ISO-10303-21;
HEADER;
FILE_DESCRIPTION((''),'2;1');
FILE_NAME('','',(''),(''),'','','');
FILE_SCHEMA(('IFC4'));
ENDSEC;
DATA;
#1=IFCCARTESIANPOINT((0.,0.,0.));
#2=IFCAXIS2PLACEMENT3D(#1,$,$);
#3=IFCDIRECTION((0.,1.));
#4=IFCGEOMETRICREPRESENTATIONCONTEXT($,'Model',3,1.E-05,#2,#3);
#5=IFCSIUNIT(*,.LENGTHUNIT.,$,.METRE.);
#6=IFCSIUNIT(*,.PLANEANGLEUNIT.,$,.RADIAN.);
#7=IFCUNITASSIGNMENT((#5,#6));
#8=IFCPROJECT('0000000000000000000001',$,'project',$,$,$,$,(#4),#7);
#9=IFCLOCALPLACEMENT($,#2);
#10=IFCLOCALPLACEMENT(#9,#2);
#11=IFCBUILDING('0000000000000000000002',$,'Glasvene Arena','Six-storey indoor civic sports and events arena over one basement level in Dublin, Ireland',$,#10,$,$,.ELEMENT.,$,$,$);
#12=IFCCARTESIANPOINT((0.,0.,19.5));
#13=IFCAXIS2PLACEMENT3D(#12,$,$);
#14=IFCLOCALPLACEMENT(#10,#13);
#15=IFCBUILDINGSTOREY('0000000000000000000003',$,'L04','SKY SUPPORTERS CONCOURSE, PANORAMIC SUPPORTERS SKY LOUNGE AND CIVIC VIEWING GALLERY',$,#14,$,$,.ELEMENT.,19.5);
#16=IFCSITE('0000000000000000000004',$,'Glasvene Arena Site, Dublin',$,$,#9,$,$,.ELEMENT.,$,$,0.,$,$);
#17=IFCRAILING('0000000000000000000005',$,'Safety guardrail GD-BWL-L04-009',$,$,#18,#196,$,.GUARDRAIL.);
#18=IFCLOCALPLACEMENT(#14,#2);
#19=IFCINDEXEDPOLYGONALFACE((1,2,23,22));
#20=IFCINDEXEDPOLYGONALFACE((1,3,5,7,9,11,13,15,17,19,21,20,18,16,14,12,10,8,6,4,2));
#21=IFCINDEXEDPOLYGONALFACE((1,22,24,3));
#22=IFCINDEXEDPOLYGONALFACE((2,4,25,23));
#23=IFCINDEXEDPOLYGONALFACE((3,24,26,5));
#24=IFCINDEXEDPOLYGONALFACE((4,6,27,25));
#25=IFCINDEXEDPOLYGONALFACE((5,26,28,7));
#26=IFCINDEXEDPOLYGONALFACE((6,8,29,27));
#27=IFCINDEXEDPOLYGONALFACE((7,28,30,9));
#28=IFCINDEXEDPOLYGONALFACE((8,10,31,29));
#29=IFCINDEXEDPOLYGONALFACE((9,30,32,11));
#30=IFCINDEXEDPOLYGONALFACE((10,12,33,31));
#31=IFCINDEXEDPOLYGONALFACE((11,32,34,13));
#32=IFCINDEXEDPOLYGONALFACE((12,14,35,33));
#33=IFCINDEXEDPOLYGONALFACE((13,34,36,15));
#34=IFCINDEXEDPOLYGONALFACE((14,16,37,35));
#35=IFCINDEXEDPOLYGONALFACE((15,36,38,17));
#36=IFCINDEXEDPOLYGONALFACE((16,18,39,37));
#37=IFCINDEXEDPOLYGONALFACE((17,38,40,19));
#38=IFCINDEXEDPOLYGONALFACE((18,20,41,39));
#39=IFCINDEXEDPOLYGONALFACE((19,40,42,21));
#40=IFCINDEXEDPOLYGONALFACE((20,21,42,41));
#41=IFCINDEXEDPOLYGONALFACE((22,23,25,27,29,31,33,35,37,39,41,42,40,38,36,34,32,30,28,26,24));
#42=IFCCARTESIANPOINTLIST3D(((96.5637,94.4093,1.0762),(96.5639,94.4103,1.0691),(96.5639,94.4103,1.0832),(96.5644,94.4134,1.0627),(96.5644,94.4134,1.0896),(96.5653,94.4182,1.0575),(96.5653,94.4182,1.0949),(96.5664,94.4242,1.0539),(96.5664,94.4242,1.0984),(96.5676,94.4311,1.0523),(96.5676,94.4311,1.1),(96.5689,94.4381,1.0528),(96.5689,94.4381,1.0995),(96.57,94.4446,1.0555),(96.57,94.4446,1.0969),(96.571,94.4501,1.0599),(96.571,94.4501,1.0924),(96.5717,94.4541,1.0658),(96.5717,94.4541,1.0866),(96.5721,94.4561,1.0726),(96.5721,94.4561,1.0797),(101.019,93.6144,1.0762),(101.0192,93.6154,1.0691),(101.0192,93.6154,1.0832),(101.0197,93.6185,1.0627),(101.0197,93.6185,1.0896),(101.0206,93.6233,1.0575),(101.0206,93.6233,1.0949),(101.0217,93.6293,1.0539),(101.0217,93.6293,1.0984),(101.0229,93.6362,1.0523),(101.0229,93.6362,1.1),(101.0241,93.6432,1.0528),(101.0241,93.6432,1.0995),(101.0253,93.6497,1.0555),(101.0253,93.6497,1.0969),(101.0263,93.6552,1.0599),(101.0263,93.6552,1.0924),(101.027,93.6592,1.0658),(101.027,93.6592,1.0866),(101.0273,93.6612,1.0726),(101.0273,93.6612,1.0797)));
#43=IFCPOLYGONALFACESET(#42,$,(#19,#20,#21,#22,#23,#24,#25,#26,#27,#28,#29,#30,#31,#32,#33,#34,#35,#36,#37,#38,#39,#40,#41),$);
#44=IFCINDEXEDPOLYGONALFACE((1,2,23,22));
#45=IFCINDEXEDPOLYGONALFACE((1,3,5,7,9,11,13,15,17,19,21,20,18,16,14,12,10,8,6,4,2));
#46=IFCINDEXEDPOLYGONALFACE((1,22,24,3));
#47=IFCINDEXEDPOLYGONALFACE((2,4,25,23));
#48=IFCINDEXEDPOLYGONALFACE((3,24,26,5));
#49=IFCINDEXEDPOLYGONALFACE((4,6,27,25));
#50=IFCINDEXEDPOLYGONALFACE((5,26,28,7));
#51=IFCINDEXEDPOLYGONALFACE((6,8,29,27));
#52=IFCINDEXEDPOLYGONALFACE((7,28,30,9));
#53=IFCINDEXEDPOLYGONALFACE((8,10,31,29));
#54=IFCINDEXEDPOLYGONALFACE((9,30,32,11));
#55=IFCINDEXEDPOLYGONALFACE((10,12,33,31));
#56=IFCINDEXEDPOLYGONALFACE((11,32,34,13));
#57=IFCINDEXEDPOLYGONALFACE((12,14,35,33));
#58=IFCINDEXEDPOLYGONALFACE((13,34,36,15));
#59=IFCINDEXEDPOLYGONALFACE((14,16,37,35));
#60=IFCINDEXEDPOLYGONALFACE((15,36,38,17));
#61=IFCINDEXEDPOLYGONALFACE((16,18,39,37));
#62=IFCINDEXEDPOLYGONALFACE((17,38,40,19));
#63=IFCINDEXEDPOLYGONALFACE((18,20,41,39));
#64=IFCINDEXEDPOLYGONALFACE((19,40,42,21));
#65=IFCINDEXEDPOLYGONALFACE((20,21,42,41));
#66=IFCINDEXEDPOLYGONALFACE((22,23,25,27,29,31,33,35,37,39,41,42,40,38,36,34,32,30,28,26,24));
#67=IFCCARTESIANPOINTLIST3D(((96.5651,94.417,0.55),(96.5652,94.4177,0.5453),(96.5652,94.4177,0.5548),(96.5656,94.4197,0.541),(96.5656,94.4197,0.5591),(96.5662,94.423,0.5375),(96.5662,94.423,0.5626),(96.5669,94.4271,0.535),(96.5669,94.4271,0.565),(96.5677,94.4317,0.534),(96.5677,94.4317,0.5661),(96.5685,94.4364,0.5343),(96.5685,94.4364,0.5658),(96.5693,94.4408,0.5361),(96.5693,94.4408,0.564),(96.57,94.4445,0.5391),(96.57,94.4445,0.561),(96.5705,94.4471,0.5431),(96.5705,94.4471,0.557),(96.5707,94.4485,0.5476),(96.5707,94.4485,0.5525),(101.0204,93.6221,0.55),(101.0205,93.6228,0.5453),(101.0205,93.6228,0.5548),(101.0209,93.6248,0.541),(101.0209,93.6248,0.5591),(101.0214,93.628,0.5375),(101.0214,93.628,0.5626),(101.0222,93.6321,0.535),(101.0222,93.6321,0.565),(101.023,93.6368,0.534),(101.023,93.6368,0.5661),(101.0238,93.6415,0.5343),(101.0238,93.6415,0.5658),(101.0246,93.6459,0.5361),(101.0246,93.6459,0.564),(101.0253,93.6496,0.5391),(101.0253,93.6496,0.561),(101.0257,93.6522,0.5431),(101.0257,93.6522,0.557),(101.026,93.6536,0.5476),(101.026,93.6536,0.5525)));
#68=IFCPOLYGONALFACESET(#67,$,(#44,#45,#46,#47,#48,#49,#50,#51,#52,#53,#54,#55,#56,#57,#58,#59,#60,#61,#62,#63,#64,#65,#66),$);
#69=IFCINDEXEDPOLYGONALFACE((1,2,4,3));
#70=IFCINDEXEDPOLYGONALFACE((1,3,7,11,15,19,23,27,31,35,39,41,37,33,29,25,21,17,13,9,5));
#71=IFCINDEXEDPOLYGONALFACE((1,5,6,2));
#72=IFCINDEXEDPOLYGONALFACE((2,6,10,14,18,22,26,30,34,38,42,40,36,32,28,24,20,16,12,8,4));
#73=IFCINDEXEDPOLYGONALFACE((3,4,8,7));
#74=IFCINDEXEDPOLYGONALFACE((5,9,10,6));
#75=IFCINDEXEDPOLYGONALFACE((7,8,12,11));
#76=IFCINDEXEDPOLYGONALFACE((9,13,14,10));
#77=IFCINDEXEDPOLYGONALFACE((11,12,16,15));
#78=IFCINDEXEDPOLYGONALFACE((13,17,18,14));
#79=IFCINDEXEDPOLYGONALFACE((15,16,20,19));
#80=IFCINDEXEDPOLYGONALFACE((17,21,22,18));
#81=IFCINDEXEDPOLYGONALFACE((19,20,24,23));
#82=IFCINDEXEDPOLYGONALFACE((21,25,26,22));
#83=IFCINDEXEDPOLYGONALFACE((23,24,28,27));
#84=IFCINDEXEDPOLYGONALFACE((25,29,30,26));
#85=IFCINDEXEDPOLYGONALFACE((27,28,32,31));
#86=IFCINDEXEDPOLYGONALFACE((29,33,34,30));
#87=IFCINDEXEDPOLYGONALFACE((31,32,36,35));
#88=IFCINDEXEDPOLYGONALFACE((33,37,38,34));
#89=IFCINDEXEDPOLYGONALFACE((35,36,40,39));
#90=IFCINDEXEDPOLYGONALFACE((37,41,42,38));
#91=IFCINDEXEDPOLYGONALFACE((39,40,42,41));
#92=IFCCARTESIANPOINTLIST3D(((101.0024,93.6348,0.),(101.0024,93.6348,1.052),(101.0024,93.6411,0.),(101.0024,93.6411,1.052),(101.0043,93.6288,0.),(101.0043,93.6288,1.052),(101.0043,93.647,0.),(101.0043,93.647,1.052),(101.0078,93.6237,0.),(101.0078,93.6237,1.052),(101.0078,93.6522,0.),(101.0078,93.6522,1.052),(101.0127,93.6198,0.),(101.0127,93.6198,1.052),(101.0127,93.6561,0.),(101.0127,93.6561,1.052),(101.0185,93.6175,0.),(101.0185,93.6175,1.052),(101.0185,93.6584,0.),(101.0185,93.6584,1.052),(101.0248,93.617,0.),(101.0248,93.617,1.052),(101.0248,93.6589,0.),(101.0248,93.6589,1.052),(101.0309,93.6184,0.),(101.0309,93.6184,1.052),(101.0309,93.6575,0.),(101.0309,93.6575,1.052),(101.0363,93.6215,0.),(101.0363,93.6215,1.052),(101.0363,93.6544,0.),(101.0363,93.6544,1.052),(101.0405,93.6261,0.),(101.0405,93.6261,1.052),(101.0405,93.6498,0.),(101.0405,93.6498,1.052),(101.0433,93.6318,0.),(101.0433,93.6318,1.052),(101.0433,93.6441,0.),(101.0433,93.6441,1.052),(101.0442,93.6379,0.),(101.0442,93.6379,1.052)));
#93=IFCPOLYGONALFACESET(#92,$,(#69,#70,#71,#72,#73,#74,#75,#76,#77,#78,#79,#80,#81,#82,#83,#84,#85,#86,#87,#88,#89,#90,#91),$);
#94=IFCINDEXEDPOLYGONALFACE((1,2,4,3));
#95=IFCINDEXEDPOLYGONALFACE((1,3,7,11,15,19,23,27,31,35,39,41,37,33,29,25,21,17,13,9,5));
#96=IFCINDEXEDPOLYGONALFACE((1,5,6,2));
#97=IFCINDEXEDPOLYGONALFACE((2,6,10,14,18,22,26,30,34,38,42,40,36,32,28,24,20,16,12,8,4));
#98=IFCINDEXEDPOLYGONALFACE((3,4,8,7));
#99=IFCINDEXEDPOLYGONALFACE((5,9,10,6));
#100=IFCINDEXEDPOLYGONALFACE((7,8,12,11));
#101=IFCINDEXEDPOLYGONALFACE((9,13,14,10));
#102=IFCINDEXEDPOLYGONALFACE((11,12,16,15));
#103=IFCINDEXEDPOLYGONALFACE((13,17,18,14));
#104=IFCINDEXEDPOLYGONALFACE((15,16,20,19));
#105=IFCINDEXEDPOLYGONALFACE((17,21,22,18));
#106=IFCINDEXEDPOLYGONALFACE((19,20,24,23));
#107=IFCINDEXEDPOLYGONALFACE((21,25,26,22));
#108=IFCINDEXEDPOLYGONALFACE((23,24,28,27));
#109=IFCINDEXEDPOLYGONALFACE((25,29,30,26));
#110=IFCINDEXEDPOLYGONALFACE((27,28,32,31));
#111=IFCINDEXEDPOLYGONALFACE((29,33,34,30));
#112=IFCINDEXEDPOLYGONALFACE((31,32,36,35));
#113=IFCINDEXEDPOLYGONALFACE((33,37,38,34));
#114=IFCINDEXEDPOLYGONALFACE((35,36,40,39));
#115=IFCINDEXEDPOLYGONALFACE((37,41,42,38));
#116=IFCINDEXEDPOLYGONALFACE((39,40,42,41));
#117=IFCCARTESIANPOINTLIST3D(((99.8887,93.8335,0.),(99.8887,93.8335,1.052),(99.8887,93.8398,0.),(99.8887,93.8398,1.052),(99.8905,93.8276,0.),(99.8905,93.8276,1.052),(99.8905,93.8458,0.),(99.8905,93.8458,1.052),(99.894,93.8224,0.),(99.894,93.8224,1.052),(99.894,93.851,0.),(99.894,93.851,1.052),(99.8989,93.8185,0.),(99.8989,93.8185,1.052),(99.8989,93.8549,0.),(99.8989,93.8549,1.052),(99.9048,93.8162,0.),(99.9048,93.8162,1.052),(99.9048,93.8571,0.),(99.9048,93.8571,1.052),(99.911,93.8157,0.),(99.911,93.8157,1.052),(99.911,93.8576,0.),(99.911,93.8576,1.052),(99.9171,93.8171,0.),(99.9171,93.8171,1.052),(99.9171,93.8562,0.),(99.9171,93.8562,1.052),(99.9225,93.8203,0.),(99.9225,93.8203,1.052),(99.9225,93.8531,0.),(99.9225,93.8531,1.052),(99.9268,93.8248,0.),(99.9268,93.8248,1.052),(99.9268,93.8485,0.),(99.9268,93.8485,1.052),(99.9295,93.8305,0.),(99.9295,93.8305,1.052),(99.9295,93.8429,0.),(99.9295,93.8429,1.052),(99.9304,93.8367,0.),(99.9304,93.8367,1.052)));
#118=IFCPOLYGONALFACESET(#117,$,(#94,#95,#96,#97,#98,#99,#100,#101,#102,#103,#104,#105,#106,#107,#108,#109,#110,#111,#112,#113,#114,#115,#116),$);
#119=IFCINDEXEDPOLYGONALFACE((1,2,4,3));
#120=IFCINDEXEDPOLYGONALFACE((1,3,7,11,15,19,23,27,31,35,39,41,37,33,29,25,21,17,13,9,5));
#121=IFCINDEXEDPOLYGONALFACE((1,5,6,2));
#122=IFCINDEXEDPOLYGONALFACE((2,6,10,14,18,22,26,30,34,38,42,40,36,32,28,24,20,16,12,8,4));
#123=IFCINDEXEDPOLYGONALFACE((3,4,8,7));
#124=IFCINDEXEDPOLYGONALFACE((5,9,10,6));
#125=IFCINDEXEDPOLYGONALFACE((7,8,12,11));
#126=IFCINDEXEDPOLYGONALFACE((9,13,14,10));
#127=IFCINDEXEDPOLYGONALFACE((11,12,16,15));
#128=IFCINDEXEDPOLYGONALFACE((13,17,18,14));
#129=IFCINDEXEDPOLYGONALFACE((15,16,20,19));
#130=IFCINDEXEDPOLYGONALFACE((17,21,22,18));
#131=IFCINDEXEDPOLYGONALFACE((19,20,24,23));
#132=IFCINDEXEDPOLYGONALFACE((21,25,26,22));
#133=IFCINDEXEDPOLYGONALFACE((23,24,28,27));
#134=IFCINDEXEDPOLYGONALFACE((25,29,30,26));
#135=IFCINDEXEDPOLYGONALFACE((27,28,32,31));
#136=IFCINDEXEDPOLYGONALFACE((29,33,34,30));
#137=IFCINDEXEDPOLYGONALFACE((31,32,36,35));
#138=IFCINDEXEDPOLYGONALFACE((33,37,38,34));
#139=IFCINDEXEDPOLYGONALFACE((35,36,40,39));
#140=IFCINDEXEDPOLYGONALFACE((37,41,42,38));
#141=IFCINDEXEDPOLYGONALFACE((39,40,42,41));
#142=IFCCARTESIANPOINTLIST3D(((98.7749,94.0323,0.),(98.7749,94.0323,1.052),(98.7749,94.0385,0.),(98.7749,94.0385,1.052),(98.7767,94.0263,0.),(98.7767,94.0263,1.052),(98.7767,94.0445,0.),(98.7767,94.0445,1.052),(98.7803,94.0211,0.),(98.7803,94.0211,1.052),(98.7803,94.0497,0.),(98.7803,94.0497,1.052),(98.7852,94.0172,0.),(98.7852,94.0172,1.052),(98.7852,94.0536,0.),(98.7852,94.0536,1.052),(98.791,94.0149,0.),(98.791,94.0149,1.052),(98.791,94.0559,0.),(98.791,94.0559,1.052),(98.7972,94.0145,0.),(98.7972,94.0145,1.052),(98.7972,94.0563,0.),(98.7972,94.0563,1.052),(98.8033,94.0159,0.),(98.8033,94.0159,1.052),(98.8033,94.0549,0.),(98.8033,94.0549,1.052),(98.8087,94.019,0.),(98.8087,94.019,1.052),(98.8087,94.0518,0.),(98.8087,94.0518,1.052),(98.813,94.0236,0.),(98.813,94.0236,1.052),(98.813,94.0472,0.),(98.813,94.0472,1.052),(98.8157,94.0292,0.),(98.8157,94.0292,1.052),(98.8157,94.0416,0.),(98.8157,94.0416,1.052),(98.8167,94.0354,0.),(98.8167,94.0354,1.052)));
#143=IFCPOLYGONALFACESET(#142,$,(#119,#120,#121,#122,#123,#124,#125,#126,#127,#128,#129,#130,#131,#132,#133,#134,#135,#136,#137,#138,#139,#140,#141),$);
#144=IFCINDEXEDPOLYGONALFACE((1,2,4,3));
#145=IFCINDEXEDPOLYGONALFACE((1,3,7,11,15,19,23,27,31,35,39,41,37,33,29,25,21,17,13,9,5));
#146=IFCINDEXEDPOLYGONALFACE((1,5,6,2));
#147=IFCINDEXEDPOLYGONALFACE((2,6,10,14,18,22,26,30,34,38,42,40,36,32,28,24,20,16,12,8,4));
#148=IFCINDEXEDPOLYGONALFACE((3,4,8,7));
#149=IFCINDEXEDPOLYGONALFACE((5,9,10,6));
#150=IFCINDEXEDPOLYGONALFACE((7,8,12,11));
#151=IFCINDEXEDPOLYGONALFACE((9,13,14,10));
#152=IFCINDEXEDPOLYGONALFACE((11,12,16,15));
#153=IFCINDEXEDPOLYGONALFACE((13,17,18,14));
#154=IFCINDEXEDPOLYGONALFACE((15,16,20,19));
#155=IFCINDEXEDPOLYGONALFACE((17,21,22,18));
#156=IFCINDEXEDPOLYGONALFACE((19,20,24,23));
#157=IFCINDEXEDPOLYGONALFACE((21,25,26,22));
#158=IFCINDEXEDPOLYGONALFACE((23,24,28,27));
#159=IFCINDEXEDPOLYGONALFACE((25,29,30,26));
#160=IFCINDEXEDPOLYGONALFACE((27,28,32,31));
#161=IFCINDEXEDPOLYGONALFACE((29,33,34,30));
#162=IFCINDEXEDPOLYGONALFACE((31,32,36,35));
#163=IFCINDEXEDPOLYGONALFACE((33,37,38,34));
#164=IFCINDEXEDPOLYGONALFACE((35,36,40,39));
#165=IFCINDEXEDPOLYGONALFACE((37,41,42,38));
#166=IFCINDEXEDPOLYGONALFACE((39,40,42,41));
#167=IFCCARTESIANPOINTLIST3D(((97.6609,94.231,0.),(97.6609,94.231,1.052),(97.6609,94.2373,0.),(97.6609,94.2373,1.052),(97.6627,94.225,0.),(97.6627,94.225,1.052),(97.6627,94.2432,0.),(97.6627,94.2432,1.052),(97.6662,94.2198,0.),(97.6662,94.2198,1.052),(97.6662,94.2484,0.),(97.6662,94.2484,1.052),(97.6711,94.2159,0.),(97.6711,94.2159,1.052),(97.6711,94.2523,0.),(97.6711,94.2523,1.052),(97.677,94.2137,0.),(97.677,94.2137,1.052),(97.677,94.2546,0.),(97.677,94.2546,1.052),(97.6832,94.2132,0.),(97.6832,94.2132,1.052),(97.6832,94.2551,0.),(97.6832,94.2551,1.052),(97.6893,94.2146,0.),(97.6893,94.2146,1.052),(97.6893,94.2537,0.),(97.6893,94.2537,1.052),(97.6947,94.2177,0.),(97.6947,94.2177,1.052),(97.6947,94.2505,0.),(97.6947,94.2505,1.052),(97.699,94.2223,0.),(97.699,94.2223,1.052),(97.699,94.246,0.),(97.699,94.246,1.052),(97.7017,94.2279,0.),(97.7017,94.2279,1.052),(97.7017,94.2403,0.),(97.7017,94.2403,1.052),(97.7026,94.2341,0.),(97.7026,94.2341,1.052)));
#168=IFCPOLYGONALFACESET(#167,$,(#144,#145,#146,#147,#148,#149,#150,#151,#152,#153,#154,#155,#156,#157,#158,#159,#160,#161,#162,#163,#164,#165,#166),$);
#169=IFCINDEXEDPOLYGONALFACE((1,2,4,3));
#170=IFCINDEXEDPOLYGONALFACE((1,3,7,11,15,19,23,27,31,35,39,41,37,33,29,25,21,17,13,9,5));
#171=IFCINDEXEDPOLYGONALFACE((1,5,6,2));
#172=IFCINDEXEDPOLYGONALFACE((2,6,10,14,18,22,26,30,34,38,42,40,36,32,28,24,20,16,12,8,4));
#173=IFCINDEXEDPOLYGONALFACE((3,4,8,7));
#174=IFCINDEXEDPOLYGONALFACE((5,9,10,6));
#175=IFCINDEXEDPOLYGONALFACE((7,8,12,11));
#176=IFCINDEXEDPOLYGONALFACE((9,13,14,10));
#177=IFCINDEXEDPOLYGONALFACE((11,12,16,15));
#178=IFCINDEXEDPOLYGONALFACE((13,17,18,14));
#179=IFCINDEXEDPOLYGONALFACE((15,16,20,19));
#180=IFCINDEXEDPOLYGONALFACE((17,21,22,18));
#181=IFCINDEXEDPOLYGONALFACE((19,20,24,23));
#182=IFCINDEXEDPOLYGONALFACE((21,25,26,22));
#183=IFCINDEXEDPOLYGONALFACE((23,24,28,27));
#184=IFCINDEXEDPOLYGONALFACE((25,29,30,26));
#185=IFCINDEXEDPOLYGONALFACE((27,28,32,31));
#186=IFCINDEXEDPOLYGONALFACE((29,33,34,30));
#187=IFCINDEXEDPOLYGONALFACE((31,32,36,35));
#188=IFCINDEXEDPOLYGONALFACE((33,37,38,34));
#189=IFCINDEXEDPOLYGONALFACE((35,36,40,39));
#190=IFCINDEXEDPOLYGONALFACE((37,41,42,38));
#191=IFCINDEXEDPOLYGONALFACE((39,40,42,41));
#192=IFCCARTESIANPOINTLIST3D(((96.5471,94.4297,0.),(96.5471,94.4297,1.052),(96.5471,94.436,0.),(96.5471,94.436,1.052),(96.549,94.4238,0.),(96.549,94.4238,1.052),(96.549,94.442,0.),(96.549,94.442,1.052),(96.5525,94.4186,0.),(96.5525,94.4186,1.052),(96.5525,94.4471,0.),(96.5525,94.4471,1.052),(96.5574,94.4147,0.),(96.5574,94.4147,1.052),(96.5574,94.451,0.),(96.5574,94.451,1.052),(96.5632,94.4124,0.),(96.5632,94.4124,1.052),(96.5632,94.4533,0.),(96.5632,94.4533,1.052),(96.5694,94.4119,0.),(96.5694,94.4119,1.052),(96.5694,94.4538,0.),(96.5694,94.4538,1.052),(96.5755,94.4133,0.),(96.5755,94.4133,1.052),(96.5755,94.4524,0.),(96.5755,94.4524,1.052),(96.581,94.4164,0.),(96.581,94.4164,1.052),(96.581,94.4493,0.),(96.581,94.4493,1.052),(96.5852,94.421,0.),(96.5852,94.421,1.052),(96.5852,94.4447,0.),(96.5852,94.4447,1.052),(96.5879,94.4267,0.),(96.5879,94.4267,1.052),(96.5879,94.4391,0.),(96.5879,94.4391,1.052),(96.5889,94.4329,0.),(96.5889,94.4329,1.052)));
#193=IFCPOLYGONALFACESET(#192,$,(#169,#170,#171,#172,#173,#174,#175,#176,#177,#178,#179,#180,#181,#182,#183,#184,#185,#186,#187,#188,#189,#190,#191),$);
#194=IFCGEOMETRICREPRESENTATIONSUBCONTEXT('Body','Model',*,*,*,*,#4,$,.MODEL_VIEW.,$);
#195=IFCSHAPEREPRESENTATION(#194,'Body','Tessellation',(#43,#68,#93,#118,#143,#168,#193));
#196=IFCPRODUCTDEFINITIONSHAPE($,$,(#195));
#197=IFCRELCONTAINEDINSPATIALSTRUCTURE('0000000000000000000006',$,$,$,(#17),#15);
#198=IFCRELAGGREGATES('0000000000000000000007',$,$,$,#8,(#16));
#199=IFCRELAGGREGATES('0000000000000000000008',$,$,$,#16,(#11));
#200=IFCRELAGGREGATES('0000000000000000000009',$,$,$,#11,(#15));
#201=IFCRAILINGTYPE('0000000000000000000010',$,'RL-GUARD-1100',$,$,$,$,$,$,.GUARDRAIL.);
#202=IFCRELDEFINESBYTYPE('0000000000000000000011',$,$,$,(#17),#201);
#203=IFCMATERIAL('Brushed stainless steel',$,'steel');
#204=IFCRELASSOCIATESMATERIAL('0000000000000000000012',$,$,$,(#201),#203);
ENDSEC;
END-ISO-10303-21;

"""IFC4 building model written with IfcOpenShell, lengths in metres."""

from ifc_helpers import new_model, si_unit, direction, frame, origin, origin_2d, place, context, subcontext, project, spatial, circle, extrude, material, type_object, element, save


model = new_model("IFC4")

# Units and contexts
model_context = context("Model", 3, precision=1e-05, world=origin(), true_north=direction((0.0, 1.0)))
body_context = subcontext(model_context, "Body", "Model", "MODEL_VIEW")
ifc_project = project(units=[si_unit("LENGTHUNIT", "METRE"), si_unit("PLANEANGLEUNIT", "RADIAN")], contexts=[model_context])

# Site, building, storey
site_placement = place(None, origin())
site = spatial("IfcSite", under=ifc_project, at=site_placement, Name="Glasvene Arena Site, Dublin", CompositionType="ELEMENT", RefElevation=0.0)
building_placement = place(site_placement, origin())
building = spatial("IfcBuilding", under=site, at=building_placement, Name="Glasvene Arena", Description="Six-storey indoor civic sports and events arena over one basement level in Dublin, Ireland", CompositionType="ELEMENT")
storey_placement = place(building_placement, frame((0.0, 0.0, 19.5)))
storey = spatial("IfcBuildingStorey", under=building, at=storey_placement, Name="L04", Description="SKY SUPPORTERS CONCOURSE, PANORAMIC SUPPORTERS SKY LOUNGE AND CIVIC VIEWING GALLERY", CompositionType="ELEMENT", Elevation=19.5)

# Railing
ifc_material_1 = material(Name="Brushed stainless steel", Category="steel")
railing_type = type_object("IfcRailingType", Name="RL-GUARD-1100", PredefinedType="GUARDRAIL", material=ifc_material_1)
railing_1_placement = place(storey_placement, frame((101.0232, 93.6379, 0.0)))
element("IfcRailing", 1, at=railing_1_placement, inside=storey, type_object=railing_type, Name="Safety guardrail GD-BWL-L04-009", PredefinedType="GUARDRAIL", context=body_context, shape_type="SweptSolid", body=[
    extrude(circle(Radius=0.0239, at=origin_2d()), frame((0.0, 0.0, 1.0762), z_axis=(-0.984453, 0.175647, 0.0), x_axis=(-0.175647, -0.984453, 0.0)), (0.0, 0.0, 1.0), 4.5256),
    extrude(circle(Radius=0.0161, at=origin_2d()), frame((0.0, 0.0, 0.55), z_axis=(-0.984453, 0.175647, 0.0), x_axis=(-0.175647, -0.984453, 0.0)), (0.0, 0.0, 1.0), 4.5256),
    extrude(circle(Radius=0.021, at=origin_2d()), origin(), (0.0, 0.0, 1.0), 1.052),
    extrude(circle(Radius=0.021, at=origin_2d()), frame((-1.1138, 0.1987, 0.0)), (0.0, 0.0, 1.0), 1.052),
    extrude(circle(Radius=0.021, at=origin_2d()), frame((-2.2275, 0.3975, 0.0)), (0.0, 0.0, 1.0), 1.052),
    extrude(circle(Radius=0.021, at=origin_2d()), frame((-3.3416, 0.5962, 0.0)), (0.0, 0.0, 1.0), 1.052),
    extrude(circle(Radius=0.021, at=origin_2d()), frame((-4.4553, 0.7949, 0.0)), (0.0, 0.0, 1.0), 1.052),
])

save(model, "model.ifc")
